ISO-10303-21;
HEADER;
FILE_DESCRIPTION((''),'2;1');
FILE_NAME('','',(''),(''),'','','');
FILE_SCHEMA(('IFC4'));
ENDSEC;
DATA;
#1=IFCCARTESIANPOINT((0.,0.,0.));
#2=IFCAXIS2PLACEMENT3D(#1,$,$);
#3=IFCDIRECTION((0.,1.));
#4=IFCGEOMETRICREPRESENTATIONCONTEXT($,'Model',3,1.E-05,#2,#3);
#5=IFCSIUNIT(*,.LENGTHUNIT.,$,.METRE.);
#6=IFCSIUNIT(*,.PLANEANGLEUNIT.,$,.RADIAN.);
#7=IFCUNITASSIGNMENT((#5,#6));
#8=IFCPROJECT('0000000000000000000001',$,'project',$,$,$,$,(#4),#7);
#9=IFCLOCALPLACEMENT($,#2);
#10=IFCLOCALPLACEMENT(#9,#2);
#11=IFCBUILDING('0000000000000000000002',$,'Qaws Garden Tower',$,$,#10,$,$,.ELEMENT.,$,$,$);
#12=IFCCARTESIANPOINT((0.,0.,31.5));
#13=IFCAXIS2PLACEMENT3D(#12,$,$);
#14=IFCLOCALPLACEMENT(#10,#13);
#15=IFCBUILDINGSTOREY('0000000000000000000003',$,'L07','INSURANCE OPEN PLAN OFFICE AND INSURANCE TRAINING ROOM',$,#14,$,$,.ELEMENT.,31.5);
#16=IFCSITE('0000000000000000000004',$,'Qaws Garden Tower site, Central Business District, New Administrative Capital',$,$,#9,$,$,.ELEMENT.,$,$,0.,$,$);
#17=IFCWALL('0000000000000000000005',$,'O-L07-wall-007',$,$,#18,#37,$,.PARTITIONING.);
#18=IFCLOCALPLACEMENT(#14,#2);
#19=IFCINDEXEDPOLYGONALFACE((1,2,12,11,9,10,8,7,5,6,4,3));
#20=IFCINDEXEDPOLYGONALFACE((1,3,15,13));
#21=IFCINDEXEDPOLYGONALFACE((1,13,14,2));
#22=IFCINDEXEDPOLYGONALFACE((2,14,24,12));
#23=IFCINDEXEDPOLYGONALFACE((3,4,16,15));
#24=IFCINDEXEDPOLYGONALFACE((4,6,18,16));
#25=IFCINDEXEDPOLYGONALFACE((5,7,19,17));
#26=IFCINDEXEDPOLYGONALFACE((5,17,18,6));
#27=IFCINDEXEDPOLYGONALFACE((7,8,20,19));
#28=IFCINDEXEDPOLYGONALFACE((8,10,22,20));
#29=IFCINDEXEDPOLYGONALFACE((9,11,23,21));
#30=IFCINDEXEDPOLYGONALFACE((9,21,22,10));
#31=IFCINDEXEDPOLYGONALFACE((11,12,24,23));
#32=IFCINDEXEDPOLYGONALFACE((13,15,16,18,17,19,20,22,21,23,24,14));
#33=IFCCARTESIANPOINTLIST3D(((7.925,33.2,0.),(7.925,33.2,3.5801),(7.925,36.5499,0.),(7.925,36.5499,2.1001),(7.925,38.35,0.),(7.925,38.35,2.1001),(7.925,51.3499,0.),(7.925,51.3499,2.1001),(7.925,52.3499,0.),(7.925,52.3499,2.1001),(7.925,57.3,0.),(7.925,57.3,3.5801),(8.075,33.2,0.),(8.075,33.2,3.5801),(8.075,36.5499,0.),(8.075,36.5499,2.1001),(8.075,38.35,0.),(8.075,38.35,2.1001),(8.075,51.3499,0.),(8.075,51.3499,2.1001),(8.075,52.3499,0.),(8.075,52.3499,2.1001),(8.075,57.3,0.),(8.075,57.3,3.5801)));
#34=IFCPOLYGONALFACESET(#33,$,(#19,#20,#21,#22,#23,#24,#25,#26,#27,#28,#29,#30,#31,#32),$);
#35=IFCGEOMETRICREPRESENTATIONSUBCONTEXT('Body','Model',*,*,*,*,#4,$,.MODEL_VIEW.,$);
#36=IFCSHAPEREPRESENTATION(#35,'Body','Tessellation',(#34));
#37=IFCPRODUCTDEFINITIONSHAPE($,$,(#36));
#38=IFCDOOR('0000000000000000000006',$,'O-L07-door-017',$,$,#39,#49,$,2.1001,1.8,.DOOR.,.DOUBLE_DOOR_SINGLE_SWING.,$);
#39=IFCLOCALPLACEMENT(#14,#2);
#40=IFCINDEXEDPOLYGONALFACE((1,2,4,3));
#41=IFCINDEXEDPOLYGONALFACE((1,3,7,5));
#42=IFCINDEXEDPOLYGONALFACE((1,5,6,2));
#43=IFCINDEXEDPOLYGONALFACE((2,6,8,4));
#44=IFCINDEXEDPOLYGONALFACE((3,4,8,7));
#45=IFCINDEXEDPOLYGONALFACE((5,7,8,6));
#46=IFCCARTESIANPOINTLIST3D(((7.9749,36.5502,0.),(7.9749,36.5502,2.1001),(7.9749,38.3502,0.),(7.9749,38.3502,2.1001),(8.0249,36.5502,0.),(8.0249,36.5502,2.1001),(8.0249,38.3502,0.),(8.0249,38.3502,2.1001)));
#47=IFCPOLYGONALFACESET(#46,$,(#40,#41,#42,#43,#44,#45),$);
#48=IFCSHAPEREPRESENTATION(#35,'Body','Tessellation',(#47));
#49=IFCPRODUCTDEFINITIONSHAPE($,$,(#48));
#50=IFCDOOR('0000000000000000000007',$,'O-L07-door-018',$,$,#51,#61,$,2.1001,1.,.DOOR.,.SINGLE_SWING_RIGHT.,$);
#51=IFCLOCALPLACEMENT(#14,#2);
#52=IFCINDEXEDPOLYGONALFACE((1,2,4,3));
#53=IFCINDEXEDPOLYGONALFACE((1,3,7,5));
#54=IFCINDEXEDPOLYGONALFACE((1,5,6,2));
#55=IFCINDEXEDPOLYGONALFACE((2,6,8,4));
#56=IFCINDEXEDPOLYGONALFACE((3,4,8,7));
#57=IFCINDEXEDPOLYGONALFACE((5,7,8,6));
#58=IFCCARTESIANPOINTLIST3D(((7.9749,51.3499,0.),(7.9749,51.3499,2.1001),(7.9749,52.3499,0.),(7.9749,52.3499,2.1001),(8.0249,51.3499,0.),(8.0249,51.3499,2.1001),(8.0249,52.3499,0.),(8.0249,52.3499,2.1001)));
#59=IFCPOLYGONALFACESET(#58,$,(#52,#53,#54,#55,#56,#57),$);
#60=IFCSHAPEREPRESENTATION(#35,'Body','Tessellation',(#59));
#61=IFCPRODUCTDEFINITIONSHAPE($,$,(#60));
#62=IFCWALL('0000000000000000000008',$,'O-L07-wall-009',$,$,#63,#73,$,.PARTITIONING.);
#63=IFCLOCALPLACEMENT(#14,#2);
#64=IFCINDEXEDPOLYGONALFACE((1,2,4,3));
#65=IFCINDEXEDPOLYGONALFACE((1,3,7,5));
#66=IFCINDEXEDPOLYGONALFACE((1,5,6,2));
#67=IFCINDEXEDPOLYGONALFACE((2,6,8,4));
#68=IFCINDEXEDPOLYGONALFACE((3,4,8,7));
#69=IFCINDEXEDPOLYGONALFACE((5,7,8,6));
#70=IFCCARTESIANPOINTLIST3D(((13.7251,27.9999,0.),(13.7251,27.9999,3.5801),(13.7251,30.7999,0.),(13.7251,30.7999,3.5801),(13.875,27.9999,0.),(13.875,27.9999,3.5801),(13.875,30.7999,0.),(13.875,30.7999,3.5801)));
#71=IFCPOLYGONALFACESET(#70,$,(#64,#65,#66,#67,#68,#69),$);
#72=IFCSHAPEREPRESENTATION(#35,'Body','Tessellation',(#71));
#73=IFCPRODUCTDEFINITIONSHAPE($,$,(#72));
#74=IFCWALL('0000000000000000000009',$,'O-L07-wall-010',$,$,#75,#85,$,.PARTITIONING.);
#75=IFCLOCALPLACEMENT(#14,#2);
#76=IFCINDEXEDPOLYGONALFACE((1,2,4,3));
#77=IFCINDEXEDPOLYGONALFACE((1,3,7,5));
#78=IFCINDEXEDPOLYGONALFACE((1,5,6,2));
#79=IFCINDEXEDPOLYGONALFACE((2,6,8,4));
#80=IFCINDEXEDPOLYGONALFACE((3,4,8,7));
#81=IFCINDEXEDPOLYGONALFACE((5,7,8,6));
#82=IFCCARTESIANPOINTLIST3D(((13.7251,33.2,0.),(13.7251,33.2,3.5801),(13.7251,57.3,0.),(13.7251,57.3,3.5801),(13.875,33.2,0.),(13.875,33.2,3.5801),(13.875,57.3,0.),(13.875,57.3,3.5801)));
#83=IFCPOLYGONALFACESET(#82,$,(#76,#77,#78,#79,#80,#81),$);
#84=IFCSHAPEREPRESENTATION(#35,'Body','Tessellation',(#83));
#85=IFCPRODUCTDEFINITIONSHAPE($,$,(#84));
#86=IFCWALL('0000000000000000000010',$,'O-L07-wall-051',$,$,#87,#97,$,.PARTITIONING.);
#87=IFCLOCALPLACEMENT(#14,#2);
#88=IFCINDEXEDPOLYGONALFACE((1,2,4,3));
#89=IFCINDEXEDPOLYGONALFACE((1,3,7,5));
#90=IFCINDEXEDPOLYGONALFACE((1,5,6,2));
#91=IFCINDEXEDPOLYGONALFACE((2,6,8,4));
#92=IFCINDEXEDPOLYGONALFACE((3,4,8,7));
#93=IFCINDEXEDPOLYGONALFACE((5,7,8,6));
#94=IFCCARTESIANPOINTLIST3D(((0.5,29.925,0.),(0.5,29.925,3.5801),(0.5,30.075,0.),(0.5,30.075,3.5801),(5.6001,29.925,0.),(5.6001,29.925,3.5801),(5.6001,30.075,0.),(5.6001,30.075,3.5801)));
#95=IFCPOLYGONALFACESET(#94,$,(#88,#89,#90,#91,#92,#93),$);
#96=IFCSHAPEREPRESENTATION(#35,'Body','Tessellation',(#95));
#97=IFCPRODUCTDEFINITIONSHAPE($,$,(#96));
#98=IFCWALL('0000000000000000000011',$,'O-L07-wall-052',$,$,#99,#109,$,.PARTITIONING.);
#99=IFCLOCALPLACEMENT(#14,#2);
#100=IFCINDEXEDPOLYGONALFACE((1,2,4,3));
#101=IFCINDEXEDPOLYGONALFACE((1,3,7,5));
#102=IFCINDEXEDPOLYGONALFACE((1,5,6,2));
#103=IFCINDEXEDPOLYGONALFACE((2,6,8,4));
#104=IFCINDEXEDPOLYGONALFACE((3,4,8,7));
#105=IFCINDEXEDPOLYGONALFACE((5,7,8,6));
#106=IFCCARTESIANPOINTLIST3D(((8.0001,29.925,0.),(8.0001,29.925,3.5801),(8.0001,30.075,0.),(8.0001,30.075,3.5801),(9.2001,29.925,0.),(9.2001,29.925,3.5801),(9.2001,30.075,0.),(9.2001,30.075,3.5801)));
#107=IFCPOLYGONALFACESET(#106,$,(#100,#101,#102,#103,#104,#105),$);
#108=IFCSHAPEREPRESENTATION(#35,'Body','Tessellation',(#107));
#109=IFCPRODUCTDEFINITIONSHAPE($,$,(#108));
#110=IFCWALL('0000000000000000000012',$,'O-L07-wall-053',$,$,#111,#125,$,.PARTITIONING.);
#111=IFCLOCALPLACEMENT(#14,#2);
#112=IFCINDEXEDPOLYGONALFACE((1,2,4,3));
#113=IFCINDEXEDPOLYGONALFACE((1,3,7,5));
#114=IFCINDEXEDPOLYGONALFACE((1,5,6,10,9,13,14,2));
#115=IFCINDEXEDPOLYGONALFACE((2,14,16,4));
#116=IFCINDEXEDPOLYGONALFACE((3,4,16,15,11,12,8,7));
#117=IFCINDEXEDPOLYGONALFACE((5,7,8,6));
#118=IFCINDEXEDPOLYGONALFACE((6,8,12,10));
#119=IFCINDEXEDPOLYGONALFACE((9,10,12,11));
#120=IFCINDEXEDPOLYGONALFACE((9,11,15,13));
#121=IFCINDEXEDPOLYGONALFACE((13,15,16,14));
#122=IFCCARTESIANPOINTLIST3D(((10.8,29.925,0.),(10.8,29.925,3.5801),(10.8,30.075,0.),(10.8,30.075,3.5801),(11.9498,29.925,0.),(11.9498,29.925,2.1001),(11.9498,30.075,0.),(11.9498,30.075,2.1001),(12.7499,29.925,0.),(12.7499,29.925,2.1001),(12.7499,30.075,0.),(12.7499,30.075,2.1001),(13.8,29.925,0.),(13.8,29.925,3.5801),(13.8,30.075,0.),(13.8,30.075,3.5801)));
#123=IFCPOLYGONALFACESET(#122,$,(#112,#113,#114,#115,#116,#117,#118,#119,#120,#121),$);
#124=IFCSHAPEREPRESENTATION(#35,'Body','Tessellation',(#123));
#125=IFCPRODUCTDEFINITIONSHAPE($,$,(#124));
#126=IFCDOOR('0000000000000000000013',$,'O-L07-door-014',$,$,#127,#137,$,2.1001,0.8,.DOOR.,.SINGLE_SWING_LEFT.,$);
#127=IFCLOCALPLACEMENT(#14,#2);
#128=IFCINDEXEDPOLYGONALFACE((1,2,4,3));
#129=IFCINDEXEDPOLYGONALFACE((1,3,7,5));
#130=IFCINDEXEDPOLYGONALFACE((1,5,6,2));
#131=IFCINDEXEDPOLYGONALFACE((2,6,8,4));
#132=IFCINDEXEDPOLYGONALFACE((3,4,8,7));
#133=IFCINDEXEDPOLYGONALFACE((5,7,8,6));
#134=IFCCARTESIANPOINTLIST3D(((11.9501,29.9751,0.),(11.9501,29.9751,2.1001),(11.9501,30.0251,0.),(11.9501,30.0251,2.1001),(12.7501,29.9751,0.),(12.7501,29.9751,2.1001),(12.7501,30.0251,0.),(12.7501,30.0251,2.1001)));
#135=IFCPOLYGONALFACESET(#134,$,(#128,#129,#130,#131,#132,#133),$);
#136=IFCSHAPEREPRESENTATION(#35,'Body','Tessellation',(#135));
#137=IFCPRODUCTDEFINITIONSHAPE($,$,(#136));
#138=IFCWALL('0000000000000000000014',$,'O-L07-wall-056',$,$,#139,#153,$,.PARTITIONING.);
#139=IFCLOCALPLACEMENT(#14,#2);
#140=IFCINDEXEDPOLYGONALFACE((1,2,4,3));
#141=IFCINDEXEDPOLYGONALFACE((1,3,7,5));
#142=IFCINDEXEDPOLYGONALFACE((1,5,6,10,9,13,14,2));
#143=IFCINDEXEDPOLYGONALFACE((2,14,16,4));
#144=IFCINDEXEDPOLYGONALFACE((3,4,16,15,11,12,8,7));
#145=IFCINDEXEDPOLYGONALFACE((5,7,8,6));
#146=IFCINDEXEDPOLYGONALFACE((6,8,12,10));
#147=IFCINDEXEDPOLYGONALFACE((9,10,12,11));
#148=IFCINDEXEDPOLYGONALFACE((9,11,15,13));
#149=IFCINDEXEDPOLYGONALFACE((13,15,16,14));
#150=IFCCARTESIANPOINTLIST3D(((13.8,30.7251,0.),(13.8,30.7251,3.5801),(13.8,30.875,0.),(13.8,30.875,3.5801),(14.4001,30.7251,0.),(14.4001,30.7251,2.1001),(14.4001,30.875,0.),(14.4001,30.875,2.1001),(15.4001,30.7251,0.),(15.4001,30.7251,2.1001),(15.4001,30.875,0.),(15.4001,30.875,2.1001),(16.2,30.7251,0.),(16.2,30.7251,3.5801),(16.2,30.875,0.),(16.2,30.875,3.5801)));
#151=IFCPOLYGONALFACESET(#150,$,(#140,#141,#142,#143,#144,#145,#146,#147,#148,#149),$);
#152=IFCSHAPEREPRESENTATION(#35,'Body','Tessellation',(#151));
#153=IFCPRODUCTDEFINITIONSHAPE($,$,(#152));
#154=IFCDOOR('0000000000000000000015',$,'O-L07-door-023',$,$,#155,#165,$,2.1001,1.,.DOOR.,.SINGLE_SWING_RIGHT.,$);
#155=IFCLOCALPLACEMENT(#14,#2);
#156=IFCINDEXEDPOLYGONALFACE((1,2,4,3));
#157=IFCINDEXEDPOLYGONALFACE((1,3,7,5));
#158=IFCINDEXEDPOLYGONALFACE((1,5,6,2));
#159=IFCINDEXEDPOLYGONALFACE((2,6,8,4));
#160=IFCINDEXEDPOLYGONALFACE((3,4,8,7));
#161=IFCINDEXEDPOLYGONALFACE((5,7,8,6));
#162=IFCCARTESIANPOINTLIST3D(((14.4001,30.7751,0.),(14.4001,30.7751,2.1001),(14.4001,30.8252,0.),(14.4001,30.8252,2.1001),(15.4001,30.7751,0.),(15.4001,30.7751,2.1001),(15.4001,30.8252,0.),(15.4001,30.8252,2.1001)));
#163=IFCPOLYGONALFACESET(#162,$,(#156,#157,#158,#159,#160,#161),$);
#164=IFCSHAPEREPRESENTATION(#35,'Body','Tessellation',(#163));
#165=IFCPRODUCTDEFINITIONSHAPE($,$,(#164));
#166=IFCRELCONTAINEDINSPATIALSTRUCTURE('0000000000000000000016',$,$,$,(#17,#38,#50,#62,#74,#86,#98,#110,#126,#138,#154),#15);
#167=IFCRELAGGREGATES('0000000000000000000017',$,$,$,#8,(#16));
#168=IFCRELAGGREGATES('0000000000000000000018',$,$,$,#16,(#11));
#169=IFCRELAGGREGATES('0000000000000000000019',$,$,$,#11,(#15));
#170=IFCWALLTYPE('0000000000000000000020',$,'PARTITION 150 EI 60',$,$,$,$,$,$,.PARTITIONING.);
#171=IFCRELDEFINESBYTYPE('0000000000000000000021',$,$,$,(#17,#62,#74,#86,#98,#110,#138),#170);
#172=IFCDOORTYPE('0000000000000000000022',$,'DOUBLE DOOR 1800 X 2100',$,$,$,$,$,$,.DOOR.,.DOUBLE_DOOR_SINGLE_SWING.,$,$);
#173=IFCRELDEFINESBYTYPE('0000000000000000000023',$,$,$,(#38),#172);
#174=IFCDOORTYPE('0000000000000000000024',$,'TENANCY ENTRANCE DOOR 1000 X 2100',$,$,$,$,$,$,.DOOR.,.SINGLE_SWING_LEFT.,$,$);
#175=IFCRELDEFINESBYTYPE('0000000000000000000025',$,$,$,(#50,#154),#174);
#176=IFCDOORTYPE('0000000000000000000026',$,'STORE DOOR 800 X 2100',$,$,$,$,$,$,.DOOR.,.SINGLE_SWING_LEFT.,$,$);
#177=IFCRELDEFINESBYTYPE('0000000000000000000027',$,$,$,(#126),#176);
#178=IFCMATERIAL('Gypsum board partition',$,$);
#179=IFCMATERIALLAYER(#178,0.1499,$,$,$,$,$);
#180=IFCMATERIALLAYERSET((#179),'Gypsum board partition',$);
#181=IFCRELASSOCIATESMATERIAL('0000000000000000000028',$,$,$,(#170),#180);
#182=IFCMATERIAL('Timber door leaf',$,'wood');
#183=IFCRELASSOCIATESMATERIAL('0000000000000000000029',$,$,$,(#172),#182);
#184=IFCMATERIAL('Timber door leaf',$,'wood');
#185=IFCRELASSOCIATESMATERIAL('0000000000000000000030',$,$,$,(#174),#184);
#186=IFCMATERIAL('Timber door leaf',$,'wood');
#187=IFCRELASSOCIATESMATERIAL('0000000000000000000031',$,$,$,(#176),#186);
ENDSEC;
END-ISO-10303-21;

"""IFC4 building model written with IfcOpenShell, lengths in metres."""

from ifc_helpers import new_model, si_unit, direction, frame, frame_2d, origin, place, context, subcontext, project, spatial, rectangle, extrude, material, layer, layer_set, type_object, element, fill, save


model = new_model("IFC4")

# Units and contexts
model_context = context("Model", 3, precision=1e-05, world=origin(), true_north=direction((0.0, 1.0)))
body_context = subcontext(model_context, "Body", "Model", "MODEL_VIEW")
ifc_project = project(units=[si_unit("LENGTHUNIT", "METRE"), si_unit("PLANEANGLEUNIT", "RADIAN")], contexts=[model_context])

# Site, building, storey
site_placement = place(None, origin())
site = spatial("IfcSite", under=ifc_project, at=site_placement, Name="Qaws Garden Tower site, Central Business District, New Administrative Capital", CompositionType="ELEMENT", RefElevation=0.0)
building_placement = place(site_placement, origin())
building = spatial("IfcBuilding", under=site, at=building_placement, Name="Qaws Garden Tower", CompositionType="ELEMENT")
storey_placement = place(building_placement, frame((0.0, 0.0, 31.5)))
storey = spatial("IfcBuildingStorey", under=building, at=storey_placement, Name="L07", Description="INSURANCE OPEN PLAN OFFICE AND INSURANCE TRAINING ROOM", CompositionType="ELEMENT", Elevation=31.5)

# Wall, openings, doors
ifc_material_1 = material(Name="Gypsum board partition")
ifc_layer_1 = layer(ifc_material_1, 0.1499)
ifc_layer_set_1 = layer_set([ifc_layer_1], Name="Gypsum board partition")
wall_type_1 = type_object("IfcWallType", Name="PARTITION 150 EI 60", PredefinedType="PARTITIONING", material=ifc_layer_set_1)
wall_1_placement = place(storey_placement, frame((8.0, 33.2, 0.0), z_axis=(0.0, 0.0, 1.0), x_axis=(0.0, 1.0, 0.0)))
wall_1 = element("IfcWall", 1, at=wall_1_placement, inside=storey, type_object=wall_type_1, Name="O-L07-wall-007", PredefinedType="PARTITIONING", context=body_context, shape_type="SweptSolid", body=[
    extrude(rectangle(XDim=24.1001, YDim=0.1499, at=frame_2d((12.05, 0.0))), origin(), (0.0, 0.0, 1.0), 3.5801),
])
opening_1_placement = place(wall_1_placement, frame((3.3501, 0.0, 0.0)))
opening_1 = element("IfcOpeningElement", 2, at=opening_1_placement, cuts=wall_1, PredefinedType="OPENING", context=body_context, shape_type="SweptSolid", body=[
    extrude(rectangle(XDim=1.8, YDim=2.1001, at=frame_2d((0.8999, 1.05))), frame((0.0, 0.085, 0.0), z_axis=(0.0, -1.0, 0.0), x_axis=(1.0, 0.0, 0.0)), (0.0, 0.0, 1.0), 0.1699),
])
opening_2_placement = place(wall_1_placement, frame((18.1499, 0.0, 0.0)))
opening_2 = element("IfcOpeningElement", 3, at=opening_2_placement, cuts=wall_1, PredefinedType="OPENING", context=body_context, shape_type="SweptSolid", body=[
    extrude(rectangle(XDim=1.0, YDim=2.1001, at=frame_2d((0.5, 1.05))), frame((0.0, 0.085, 0.0), z_axis=(0.0, -1.0, 0.0), x_axis=(1.0, 0.0, 0.0)), (0.0, 0.0, 1.0), 0.1699),
])
ifc_material_2 = material(Name="Timber door leaf", Category="wood")
door_type_1 = type_object("IfcDoorType", Name="DOUBLE DOOR 1800 X 2100", OperationType="DOUBLE_DOOR_SINGLE_SWING", PredefinedType="DOOR", material=ifc_material_2)
door_1_placement = place(opening_1_placement, frame((1.8, 0.0, 0.0), z_axis=(0.0, 0.0, 1.0), x_axis=(-1.0, 0.0, 0.0)))
door_1 = element("IfcDoor", 4, at=door_1_placement, inside=storey, type_object=door_type_1, Name="O-L07-door-017", OperationType="DOUBLE_DOOR_SINGLE_SWING", OverallHeight=2.1001, OverallWidth=1.8, PredefinedType="DOOR", context=body_context, shape_type="SweptSolid", body=[
    extrude(rectangle(XDim=1.8, YDim=2.1001, at=frame_2d((0.8999, 1.05))), frame((0.0, 0.0249, 0.0), z_axis=(0.0, -1.0, 0.0), x_axis=(1.0, 0.0, 0.0)), (0.0, 0.0, 1.0), 0.05),
])
fill(opening_1, door_1)
ifc_material_3 = material(Name="Timber door leaf", Category="wood")
door_type_2 = type_object("IfcDoorType", Name="TENANCY ENTRANCE DOOR 1000 X 2100", OperationType="SINGLE_SWING_LEFT", PredefinedType="DOOR", material=ifc_material_3)
door_2_placement = place(opening_2_placement, frame((1.0, 0.0, 0.0), z_axis=(0.0, 0.0, 1.0), x_axis=(-1.0, 0.0, 0.0)))
door_2 = element("IfcDoor", 5, at=door_2_placement, inside=storey, type_object=door_type_2, Name="O-L07-door-018", OperationType="SINGLE_SWING_RIGHT", OverallHeight=2.1001, OverallWidth=1.0, PredefinedType="DOOR", context=body_context, shape_type="SweptSolid", body=[
    extrude(rectangle(XDim=1.0, YDim=2.1001, at=frame_2d((0.5, 1.05))), frame((0.0, 0.0249, 0.0), z_axis=(0.0, -1.0, 0.0), x_axis=(1.0, 0.0, 0.0)), (0.0, 0.0, 1.0), 0.05),
])
fill(opening_2, door_2)

# Walls
wall_2_placement = place(storey_placement, frame((13.8, 28.0, 0.0), z_axis=(0.0, 0.0, 1.0), x_axis=(0.0, 1.0, 0.0)))
element("IfcWall", 6, at=wall_2_placement, inside=storey, type_object=wall_type_1, Name="O-L07-wall-009", PredefinedType="PARTITIONING", context=body_context, shape_type="SweptSolid", body=[
    extrude(rectangle(XDim=2.8, YDim=0.1499, at=frame_2d((1.3999, 0.0))), origin(), (0.0, 0.0, 1.0), 3.5801),
])
wall_3_placement = place(storey_placement, frame((13.8, 33.2, 0.0), z_axis=(0.0, 0.0, 1.0), x_axis=(0.0, 1.0, 0.0)))
element("IfcWall", 7, at=wall_3_placement, inside=storey, type_object=wall_type_1, Name="O-L07-wall-010", PredefinedType="PARTITIONING", context=body_context, shape_type="SweptSolid", body=[
    extrude(rectangle(XDim=24.1001, YDim=0.1499, at=frame_2d((12.05, 0.0))), origin(), (0.0, 0.0, 1.0), 3.5801),
])
wall_4_placement = place(storey_placement, frame((0.5, 30.0, 0.0), z_axis=(0.0, 0.0, 1.0), x_axis=(1.0, 0.0, 0.0)))
element("IfcWall", 8, at=wall_4_placement, inside=storey, type_object=wall_type_1, Name="O-L07-wall-051", PredefinedType="PARTITIONING", context=body_context, shape_type="SweptSolid", body=[
    extrude(rectangle(XDim=5.1001, YDim=0.1499, at=frame_2d((2.55, 0.0))), origin(), (0.0, 0.0, 1.0), 3.5801),
])
wall_5_placement = place(storey_placement, frame((8.0, 30.0, 0.0), z_axis=(0.0, 0.0, 1.0), x_axis=(1.0, 0.0, 0.0)))
element("IfcWall", 9, at=wall_5_placement, inside=storey, type_object=wall_type_1, Name="O-L07-wall-052", PredefinedType="PARTITIONING", context=body_context, shape_type="SweptSolid", body=[
    extrude(rectangle(XDim=1.2, YDim=0.1499, at=frame_2d((0.6001, 0.0))), origin(), (0.0, 0.0, 1.0), 3.5801),
])

# Walls, openings, doors
wall_6_placement = place(storey_placement, frame((10.8, 30.0, 0.0), z_axis=(0.0, 0.0, 1.0), x_axis=(1.0, 0.0, 0.0)))
wall_6 = element("IfcWall", 10, at=wall_6_placement, inside=storey, type_object=wall_type_1, Name="O-L07-wall-053", PredefinedType="PARTITIONING", context=body_context, shape_type="SweptSolid", body=[
    extrude(rectangle(XDim=3.0, YDim=0.1499, at=frame_2d((1.5, 0.0))), origin(), (0.0, 0.0, 1.0), 3.5801),
])
opening_3_placement = place(wall_6_placement, frame((1.1499, 0.0, 0.0)))
opening_3 = element("IfcOpeningElement", 11, at=opening_3_placement, cuts=wall_6, PredefinedType="OPENING", context=body_context, shape_type="SweptSolid", body=[
    extrude(rectangle(XDim=0.8, YDim=2.1001, at=frame_2d((0.3999, 1.05))), frame((0.0, 0.085, 0.0), z_axis=(0.0, -1.0, 0.0), x_axis=(1.0, 0.0, 0.0)), (0.0, 0.0, 1.0), 0.1699),
])
ifc_material_4 = material(Name="Timber door leaf", Category="wood")
door_type_3 = type_object("IfcDoorType", Name="STORE DOOR 800 X 2100", OperationType="SINGLE_SWING_LEFT", PredefinedType="DOOR", material=ifc_material_4)
door_3_placement = place(opening_3_placement, frame((0.8, 0.0, 0.0), z_axis=(0.0, 0.0, 1.0), x_axis=(-1.0, 0.0, 0.0)))
door_3 = element("IfcDoor", 12, at=door_3_placement, inside=storey, type_object=door_type_3, Name="O-L07-door-014", OperationType="SINGLE_SWING_LEFT", OverallHeight=2.1001, OverallWidth=0.8, PredefinedType="DOOR", context=body_context, shape_type="SweptSolid", body=[
    extrude(rectangle(XDim=0.8, YDim=2.1001, at=frame_2d((0.3999, 1.05))), frame((0.0, 0.0249, 0.0), z_axis=(0.0, -1.0, 0.0), x_axis=(1.0, 0.0, 0.0)), (0.0, 0.0, 1.0), 0.05),
])
fill(opening_3, door_3)
wall_7_placement = place(storey_placement, frame((13.8, 30.8, 0.0), z_axis=(0.0, 0.0, 1.0), x_axis=(1.0, 0.0, 0.0)))
wall_7 = element("IfcWall", 13, at=wall_7_placement, inside=storey, type_object=wall_type_1, Name="O-L07-wall-056", PredefinedType="PARTITIONING", context=body_context, shape_type="SweptSolid", body=[
    extrude(rectangle(XDim=2.3999, YDim=0.1499, at=frame_2d((1.2, 0.0))), origin(), (0.0, 0.0, 1.0), 3.5801),
])
opening_4_placement = place(wall_7_placement, frame((0.6001, 0.0, 0.0)))
opening_4 = element("IfcOpeningElement", 14, at=opening_4_placement, cuts=wall_7, PredefinedType="OPENING", context=body_context, shape_type="SweptSolid", body=[
    extrude(rectangle(XDim=1.0, YDim=2.1001, at=frame_2d((0.5, 1.05))), frame((0.0, 0.085, 0.0), z_axis=(0.0, -1.0, 0.0), x_axis=(1.0, 0.0, 0.0)), (0.0, 0.0, 1.0), 0.1699),
])
door_4_placement = place(opening_4_placement, frame((1.0, 0.0, 0.0), z_axis=(0.0, 0.0, 1.0), x_axis=(-1.0, 0.0, 0.0)))
door_4 = element("IfcDoor", 15, at=door_4_placement, inside=storey, type_object=door_type_2, Name="O-L07-door-023", OperationType="SINGLE_SWING_RIGHT", OverallHeight=2.1001, OverallWidth=1.0, PredefinedType="DOOR", context=body_context, shape_type="SweptSolid", body=[
    extrude(rectangle(XDim=1.0, YDim=2.1001, at=frame_2d((0.5, 1.05))), frame((0.0, 0.0249, 0.0), z_axis=(0.0, -1.0, 0.0), x_axis=(1.0, 0.0, 0.0)), (0.0, 0.0, 1.0), 0.05),
])
fill(opening_4, door_4)

save(model, "model.ifc")
